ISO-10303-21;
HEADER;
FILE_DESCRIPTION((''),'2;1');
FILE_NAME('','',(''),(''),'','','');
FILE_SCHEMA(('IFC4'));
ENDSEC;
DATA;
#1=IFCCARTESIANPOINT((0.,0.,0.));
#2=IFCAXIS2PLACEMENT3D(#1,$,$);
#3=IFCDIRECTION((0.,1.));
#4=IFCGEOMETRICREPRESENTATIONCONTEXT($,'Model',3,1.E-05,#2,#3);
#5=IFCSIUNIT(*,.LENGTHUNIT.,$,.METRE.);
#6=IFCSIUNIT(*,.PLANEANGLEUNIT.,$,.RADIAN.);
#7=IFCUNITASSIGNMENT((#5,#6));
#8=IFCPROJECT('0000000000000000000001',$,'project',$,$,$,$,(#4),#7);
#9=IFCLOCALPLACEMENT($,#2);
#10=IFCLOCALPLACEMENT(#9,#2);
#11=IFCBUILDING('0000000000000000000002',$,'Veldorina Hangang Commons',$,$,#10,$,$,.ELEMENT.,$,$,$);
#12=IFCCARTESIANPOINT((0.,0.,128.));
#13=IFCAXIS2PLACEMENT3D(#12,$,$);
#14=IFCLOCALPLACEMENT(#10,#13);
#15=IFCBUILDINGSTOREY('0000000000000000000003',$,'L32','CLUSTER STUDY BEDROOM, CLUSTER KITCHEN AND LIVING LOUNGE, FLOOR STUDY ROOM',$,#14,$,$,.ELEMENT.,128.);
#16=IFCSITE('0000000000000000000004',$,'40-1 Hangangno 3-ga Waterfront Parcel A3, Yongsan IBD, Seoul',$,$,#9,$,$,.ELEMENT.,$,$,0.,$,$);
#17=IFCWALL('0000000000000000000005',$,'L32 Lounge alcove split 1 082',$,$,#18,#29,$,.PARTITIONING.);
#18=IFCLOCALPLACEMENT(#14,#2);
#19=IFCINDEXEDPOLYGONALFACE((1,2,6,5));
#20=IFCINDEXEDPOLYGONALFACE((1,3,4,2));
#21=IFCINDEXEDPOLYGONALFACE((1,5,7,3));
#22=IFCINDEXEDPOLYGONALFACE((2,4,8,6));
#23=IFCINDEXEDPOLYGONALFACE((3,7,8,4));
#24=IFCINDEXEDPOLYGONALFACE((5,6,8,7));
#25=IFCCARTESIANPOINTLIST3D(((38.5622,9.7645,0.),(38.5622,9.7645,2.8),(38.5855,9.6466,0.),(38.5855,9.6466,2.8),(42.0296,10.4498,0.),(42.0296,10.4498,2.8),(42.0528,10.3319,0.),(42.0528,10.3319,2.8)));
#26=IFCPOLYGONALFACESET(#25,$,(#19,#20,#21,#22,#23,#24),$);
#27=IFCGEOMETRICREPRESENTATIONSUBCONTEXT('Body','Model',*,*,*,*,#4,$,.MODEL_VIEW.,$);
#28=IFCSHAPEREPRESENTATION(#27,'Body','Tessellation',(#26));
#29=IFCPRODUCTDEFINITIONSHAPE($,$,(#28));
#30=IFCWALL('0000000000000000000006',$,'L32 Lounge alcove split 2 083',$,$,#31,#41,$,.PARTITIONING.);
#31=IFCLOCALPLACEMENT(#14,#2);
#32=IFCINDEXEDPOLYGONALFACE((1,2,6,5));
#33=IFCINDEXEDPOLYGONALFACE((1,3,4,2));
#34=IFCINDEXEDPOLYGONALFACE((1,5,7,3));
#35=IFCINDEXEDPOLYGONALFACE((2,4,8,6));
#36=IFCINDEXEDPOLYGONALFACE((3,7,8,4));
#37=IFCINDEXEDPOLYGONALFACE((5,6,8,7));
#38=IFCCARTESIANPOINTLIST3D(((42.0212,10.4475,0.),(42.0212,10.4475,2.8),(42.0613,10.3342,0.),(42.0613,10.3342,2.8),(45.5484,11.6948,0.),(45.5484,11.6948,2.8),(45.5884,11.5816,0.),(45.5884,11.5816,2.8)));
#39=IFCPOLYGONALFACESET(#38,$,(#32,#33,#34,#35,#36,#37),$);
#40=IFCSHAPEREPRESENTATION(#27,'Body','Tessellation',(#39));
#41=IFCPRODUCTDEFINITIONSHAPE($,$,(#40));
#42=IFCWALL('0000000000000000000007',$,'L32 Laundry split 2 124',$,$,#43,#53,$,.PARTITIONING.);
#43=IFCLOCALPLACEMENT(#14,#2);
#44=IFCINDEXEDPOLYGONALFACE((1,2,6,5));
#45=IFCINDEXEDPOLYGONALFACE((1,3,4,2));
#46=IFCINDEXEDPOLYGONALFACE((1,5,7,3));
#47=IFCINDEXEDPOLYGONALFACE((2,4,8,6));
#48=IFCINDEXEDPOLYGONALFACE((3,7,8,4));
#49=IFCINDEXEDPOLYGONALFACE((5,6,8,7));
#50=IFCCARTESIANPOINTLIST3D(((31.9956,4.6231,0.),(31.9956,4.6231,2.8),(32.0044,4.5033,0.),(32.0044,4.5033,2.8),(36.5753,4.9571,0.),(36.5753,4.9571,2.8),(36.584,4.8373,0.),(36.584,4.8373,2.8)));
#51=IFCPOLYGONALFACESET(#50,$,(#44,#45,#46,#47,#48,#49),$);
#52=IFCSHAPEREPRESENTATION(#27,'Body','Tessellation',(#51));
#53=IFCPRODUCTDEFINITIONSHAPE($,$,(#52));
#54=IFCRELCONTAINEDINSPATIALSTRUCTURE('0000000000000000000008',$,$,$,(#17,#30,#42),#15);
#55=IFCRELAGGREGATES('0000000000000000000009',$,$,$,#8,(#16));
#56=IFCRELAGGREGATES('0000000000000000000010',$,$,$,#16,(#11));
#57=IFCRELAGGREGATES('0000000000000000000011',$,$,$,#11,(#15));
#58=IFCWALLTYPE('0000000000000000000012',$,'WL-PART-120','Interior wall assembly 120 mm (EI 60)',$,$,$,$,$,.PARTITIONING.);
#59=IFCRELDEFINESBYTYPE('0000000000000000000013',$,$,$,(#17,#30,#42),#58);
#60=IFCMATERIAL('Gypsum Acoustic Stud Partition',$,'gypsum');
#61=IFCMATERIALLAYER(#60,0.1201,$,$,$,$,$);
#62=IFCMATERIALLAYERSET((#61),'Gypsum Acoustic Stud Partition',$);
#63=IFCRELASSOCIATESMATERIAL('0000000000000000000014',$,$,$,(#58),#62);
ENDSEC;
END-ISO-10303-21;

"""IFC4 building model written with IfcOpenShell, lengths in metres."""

from ifc_helpers import new_model, si_unit, direction, frame, frame_2d, origin, place, context, subcontext, project, spatial, rectangle, extrude, material, layer, layer_set, type_object, element, save


model = new_model("IFC4")

# Units and contexts
model_context = context("Model", 3, precision=1e-05, world=origin(), true_north=direction((0.0, 1.0)))
body_context = subcontext(model_context, "Body", "Model", "MODEL_VIEW")
ifc_project = project(units=[si_unit("LENGTHUNIT", "METRE"), si_unit("PLANEANGLEUNIT", "RADIAN")], contexts=[model_context])

# Site, building, storey
site_placement = place(None, origin())
site = spatial("IfcSite", under=ifc_project, at=site_placement, Name="40-1 Hangangno 3-ga Waterfront Parcel A3, Yongsan IBD, Seoul", CompositionType="ELEMENT", RefElevation=0.0)
building_placement = place(site_placement, origin())
building = spatial("IfcBuilding", under=site, at=building_placement, Name="Veldorina Hangang Commons", CompositionType="ELEMENT")
storey_placement = place(building_placement, frame((0.0, 0.0, 128.0)))
storey = spatial("IfcBuildingStorey", under=building, at=storey_placement, Name="L32", Description="CLUSTER STUDY BEDROOM, CLUSTER KITCHEN AND LIVING LOUNGE, FLOOR STUDY ROOM", CompositionType="ELEMENT", Elevation=128.0)

# Shared definitions
ifc_material_1 = material(Name="Gypsum Acoustic Stud Partition", Category="gypsum")
ifc_layer_1 = layer(ifc_material_1, 0.1201)
ifc_layer_set_1 = layer_set([ifc_layer_1], Name="Gypsum Acoustic Stud Partition")
wall_type_1 = type_object("IfcWallType", Name="WL-PART-120", Description="Interior wall assembly 120 mm (EI 60)", PredefinedType="PARTITIONING", material=ifc_layer_set_1)

# Walls
wall_1_placement = place(storey_placement, frame((38.574, 9.7056, 0.0), z_axis=(0.0, 0.0, 1.0), x_axis=(0.981022, 0.193897, 0.0)))
element("IfcWall", 1, at=wall_1_placement, inside=storey, type_object=wall_type_1, Name="L32 Lounge alcove split 1 082", PredefinedType="PARTITIONING", context=body_context, shape_type="SweptSolid", body=[
    extrude(rectangle(XDim=3.5344, YDim=0.1201, at=frame_2d((1.7671, 0.0))), origin(), (0.0, 0.0, 1.0), 2.8),
])
wall_2_placement = place(storey_placement, frame((42.0413, 10.3909, 0.0), z_axis=(0.0, 0.0, 1.0), x_axis=(0.942784, 0.333404, 0.0)))
element("IfcWall", 2, at=wall_2_placement, inside=storey, type_object=wall_type_1, Name="L32 Lounge alcove split 2 083", PredefinedType="PARTITIONING", context=body_context, shape_type="SweptSolid", body=[
    extrude(rectangle(XDim=3.7412, YDim=0.1201, at=frame_2d((1.8706, 0.0))), origin(), (0.0, 0.0, 1.0), 2.8),
])
wall_3_placement = place(storey_placement, frame((32.0, 4.5632, 0.0), z_axis=(0.0, 0.0, 1.0), x_axis=(0.997351, 0.072736, 0.0)))
element("IfcWall", 3, at=wall_3_placement, inside=storey, type_object=wall_type_1, Name="L32 Laundry split 2 124", PredefinedType="PARTITIONING", context=body_context, shape_type="SweptSolid", body=[
    extrude(rectangle(XDim=4.5918, YDim=0.1201, at=frame_2d((2.2959, 0.0))), origin(), (0.0, 0.0, 1.0), 2.8),
])

save(model, "model.ifc")
